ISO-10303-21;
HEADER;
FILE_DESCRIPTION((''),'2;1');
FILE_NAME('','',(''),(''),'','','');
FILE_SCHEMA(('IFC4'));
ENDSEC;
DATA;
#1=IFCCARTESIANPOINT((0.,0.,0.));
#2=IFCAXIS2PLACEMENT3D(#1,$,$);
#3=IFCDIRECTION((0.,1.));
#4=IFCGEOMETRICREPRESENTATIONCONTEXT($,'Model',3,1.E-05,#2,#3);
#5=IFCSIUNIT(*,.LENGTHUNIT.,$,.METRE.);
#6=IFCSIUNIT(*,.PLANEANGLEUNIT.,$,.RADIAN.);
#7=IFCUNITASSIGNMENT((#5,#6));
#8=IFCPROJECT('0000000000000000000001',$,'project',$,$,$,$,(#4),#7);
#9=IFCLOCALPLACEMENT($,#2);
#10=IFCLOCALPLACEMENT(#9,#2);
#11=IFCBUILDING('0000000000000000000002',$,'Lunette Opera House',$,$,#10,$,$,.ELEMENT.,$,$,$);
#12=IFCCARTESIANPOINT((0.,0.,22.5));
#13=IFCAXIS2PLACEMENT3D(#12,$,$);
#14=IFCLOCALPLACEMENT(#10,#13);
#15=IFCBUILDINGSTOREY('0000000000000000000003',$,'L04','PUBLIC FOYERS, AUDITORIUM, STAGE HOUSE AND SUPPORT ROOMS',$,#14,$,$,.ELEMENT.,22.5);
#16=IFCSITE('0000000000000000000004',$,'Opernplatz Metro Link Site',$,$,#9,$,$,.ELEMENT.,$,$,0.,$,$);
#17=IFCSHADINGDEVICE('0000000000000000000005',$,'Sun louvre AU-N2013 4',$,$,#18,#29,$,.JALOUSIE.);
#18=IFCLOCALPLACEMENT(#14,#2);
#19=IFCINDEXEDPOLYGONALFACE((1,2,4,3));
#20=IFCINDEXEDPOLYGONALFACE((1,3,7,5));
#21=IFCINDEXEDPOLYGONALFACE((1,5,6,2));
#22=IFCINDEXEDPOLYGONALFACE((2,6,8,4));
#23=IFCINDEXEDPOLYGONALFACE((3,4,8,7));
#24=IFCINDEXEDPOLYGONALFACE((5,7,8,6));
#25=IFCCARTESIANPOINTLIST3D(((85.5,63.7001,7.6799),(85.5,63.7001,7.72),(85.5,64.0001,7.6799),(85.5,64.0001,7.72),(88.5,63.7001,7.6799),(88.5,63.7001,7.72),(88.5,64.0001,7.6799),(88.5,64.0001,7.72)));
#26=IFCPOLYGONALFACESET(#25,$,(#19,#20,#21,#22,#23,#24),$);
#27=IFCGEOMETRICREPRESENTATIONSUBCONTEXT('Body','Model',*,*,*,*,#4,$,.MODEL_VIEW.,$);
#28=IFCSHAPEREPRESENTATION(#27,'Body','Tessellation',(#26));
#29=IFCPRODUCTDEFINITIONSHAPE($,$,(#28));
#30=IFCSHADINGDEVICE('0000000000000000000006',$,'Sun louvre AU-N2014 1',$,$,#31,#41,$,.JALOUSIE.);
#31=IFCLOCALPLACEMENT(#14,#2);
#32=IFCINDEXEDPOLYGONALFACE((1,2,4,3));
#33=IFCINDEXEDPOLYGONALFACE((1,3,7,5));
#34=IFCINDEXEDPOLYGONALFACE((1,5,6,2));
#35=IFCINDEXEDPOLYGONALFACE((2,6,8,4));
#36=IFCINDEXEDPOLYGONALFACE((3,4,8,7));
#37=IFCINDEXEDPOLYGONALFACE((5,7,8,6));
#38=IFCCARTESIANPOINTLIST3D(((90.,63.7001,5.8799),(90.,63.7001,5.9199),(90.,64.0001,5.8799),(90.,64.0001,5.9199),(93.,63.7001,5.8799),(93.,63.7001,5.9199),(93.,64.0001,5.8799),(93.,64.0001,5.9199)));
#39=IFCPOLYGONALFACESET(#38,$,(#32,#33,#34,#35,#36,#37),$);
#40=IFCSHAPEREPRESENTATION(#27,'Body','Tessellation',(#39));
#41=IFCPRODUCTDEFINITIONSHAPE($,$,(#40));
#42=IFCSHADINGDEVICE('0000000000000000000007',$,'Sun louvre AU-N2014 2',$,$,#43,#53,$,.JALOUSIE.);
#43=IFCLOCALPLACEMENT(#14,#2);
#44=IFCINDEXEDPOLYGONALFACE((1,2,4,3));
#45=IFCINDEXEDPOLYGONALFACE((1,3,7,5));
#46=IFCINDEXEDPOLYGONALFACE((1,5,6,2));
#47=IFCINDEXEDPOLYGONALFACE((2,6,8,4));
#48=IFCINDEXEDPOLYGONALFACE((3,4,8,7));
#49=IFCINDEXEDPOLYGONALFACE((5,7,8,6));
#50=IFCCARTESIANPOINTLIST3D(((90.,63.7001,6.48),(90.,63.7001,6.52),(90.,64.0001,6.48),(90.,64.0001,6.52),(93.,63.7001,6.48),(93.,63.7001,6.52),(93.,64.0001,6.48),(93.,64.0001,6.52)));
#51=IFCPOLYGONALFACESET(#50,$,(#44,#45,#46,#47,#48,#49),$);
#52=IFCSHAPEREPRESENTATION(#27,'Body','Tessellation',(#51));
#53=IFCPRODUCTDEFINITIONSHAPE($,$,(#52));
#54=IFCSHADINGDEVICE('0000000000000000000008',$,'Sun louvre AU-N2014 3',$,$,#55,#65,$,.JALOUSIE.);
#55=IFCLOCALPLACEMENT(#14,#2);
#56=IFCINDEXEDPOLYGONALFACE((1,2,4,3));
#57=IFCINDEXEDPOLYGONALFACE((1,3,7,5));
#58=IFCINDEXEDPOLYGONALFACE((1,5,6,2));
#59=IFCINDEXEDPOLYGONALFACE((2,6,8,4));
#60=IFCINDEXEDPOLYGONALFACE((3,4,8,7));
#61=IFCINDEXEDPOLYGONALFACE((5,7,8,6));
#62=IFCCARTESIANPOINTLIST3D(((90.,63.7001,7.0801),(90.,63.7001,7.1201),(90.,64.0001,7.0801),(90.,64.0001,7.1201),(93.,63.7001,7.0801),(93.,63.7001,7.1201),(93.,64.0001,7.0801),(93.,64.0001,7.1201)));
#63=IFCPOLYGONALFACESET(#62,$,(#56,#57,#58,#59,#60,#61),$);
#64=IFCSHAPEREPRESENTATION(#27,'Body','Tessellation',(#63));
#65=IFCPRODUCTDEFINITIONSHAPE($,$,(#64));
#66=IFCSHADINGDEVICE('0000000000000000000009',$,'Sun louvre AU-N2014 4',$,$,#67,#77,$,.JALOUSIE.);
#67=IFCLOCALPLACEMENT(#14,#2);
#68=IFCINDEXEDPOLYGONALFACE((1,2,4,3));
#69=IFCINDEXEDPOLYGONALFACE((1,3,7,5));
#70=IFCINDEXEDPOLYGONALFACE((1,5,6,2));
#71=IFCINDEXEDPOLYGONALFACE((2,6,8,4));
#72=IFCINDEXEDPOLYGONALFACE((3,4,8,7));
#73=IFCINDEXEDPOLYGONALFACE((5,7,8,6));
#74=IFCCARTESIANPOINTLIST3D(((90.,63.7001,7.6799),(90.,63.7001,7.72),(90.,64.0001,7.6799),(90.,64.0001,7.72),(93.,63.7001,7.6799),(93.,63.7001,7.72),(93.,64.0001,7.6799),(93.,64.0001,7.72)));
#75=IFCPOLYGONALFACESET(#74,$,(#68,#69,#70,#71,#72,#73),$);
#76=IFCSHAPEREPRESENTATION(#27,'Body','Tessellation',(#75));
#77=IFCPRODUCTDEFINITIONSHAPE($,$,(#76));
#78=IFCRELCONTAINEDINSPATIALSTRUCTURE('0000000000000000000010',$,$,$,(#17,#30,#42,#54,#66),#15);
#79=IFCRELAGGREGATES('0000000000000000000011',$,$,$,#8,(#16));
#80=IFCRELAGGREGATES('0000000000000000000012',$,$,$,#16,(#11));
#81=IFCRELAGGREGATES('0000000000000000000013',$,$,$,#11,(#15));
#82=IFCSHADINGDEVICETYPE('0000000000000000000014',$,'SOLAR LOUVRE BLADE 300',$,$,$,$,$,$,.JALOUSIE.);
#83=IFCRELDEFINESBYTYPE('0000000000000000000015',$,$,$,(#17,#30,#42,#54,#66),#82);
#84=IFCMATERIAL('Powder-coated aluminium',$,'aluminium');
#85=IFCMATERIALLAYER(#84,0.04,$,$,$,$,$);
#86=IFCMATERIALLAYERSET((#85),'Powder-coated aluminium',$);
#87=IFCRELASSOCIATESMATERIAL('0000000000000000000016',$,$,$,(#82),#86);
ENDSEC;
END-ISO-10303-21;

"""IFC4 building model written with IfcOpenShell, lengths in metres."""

from ifc_helpers import new_model, si_unit, direction, frame, origin, origin_2d, place, context, subcontext, project, spatial, rectangle, extrude, material, layer, layer_set, type_object, element, save


model = new_model("IFC4")

# Units and contexts
model_context = context("Model", 3, precision=1e-05, world=origin(), true_north=direction((0.0, 1.0)))
body_context = subcontext(model_context, "Body", "Model", "MODEL_VIEW")
ifc_project = project(units=[si_unit("LENGTHUNIT", "METRE"), si_unit("PLANEANGLEUNIT", "RADIAN")], contexts=[model_context])

# Site, building, storey
site_placement = place(None, origin())
site = spatial("IfcSite", under=ifc_project, at=site_placement, Name="Opernplatz Metro Link Site", CompositionType="ELEMENT", RefElevation=0.0)
building_placement = place(site_placement, origin())
building = spatial("IfcBuilding", under=site, at=building_placement, Name="Lunette Opera House", CompositionType="ELEMENT")
storey_placement = place(building_placement, frame((0.0, 0.0, 22.5)))
storey = spatial("IfcBuildingStorey", under=building, at=storey_placement, Name="L04", Description="PUBLIC FOYERS, AUDITORIUM, STAGE HOUSE AND SUPPORT ROOMS", CompositionType="ELEMENT", Elevation=22.5)

# Shading devices
ifc_material_1 = material(Name="Powder-coated aluminium", Category="aluminium")
ifc_layer_1 = layer(ifc_material_1, 0.04)
ifc_layer_set_1 = layer_set([ifc_layer_1], Name="Powder-coated aluminium")
shading_device_type = type_object("IfcShadingDeviceType", Name="SOLAR LOUVRE BLADE 300", PredefinedType="JALOUSIE", material=ifc_layer_set_1)
for number, where, z_axis, x_axis, name in (
    (1, (87.0, 63.8501, 7.6799), (0.0, 0.0, 1.0), (0.0, -1.0, 0.0), "Sun louvre AU-N2013 4"),
    (2, (91.5, 63.8501, 5.8799), (0.0, 0.0, 1.0), (0.0, -1.0, 0.0), "Sun louvre AU-N2014 1"),
    (3, (91.5, 63.8501, 6.48), (0.0, 0.0, 1.0), (0.0, -1.0, 0.0), "Sun louvre AU-N2014 2"),
    (4, (91.5, 63.8501, 7.0801), (0.0, 0.0, 1.0), (0.0, -1.0, 0.0), "Sun louvre AU-N2014 3"),
    (5, (91.5, 63.8501, 7.6799), (0.0, 0.0, 1.0), (0.0, -1.0, 0.0), "Sun louvre AU-N2014 4"),
):
    element("IfcShadingDevice", number, at=place(storey_placement, frame(where, z_axis=z_axis, x_axis=x_axis)), inside=storey, type_object=shading_device_type, Name=name, PredefinedType="JALOUSIE", context=body_context, shape_type="SweptSolid", body=[
        extrude(rectangle(XDim=0.3, YDim=3.0, at=origin_2d()), origin(), (0.0, 0.0, 1.0), 0.04),
    ])

save(model, "model.ifc")
